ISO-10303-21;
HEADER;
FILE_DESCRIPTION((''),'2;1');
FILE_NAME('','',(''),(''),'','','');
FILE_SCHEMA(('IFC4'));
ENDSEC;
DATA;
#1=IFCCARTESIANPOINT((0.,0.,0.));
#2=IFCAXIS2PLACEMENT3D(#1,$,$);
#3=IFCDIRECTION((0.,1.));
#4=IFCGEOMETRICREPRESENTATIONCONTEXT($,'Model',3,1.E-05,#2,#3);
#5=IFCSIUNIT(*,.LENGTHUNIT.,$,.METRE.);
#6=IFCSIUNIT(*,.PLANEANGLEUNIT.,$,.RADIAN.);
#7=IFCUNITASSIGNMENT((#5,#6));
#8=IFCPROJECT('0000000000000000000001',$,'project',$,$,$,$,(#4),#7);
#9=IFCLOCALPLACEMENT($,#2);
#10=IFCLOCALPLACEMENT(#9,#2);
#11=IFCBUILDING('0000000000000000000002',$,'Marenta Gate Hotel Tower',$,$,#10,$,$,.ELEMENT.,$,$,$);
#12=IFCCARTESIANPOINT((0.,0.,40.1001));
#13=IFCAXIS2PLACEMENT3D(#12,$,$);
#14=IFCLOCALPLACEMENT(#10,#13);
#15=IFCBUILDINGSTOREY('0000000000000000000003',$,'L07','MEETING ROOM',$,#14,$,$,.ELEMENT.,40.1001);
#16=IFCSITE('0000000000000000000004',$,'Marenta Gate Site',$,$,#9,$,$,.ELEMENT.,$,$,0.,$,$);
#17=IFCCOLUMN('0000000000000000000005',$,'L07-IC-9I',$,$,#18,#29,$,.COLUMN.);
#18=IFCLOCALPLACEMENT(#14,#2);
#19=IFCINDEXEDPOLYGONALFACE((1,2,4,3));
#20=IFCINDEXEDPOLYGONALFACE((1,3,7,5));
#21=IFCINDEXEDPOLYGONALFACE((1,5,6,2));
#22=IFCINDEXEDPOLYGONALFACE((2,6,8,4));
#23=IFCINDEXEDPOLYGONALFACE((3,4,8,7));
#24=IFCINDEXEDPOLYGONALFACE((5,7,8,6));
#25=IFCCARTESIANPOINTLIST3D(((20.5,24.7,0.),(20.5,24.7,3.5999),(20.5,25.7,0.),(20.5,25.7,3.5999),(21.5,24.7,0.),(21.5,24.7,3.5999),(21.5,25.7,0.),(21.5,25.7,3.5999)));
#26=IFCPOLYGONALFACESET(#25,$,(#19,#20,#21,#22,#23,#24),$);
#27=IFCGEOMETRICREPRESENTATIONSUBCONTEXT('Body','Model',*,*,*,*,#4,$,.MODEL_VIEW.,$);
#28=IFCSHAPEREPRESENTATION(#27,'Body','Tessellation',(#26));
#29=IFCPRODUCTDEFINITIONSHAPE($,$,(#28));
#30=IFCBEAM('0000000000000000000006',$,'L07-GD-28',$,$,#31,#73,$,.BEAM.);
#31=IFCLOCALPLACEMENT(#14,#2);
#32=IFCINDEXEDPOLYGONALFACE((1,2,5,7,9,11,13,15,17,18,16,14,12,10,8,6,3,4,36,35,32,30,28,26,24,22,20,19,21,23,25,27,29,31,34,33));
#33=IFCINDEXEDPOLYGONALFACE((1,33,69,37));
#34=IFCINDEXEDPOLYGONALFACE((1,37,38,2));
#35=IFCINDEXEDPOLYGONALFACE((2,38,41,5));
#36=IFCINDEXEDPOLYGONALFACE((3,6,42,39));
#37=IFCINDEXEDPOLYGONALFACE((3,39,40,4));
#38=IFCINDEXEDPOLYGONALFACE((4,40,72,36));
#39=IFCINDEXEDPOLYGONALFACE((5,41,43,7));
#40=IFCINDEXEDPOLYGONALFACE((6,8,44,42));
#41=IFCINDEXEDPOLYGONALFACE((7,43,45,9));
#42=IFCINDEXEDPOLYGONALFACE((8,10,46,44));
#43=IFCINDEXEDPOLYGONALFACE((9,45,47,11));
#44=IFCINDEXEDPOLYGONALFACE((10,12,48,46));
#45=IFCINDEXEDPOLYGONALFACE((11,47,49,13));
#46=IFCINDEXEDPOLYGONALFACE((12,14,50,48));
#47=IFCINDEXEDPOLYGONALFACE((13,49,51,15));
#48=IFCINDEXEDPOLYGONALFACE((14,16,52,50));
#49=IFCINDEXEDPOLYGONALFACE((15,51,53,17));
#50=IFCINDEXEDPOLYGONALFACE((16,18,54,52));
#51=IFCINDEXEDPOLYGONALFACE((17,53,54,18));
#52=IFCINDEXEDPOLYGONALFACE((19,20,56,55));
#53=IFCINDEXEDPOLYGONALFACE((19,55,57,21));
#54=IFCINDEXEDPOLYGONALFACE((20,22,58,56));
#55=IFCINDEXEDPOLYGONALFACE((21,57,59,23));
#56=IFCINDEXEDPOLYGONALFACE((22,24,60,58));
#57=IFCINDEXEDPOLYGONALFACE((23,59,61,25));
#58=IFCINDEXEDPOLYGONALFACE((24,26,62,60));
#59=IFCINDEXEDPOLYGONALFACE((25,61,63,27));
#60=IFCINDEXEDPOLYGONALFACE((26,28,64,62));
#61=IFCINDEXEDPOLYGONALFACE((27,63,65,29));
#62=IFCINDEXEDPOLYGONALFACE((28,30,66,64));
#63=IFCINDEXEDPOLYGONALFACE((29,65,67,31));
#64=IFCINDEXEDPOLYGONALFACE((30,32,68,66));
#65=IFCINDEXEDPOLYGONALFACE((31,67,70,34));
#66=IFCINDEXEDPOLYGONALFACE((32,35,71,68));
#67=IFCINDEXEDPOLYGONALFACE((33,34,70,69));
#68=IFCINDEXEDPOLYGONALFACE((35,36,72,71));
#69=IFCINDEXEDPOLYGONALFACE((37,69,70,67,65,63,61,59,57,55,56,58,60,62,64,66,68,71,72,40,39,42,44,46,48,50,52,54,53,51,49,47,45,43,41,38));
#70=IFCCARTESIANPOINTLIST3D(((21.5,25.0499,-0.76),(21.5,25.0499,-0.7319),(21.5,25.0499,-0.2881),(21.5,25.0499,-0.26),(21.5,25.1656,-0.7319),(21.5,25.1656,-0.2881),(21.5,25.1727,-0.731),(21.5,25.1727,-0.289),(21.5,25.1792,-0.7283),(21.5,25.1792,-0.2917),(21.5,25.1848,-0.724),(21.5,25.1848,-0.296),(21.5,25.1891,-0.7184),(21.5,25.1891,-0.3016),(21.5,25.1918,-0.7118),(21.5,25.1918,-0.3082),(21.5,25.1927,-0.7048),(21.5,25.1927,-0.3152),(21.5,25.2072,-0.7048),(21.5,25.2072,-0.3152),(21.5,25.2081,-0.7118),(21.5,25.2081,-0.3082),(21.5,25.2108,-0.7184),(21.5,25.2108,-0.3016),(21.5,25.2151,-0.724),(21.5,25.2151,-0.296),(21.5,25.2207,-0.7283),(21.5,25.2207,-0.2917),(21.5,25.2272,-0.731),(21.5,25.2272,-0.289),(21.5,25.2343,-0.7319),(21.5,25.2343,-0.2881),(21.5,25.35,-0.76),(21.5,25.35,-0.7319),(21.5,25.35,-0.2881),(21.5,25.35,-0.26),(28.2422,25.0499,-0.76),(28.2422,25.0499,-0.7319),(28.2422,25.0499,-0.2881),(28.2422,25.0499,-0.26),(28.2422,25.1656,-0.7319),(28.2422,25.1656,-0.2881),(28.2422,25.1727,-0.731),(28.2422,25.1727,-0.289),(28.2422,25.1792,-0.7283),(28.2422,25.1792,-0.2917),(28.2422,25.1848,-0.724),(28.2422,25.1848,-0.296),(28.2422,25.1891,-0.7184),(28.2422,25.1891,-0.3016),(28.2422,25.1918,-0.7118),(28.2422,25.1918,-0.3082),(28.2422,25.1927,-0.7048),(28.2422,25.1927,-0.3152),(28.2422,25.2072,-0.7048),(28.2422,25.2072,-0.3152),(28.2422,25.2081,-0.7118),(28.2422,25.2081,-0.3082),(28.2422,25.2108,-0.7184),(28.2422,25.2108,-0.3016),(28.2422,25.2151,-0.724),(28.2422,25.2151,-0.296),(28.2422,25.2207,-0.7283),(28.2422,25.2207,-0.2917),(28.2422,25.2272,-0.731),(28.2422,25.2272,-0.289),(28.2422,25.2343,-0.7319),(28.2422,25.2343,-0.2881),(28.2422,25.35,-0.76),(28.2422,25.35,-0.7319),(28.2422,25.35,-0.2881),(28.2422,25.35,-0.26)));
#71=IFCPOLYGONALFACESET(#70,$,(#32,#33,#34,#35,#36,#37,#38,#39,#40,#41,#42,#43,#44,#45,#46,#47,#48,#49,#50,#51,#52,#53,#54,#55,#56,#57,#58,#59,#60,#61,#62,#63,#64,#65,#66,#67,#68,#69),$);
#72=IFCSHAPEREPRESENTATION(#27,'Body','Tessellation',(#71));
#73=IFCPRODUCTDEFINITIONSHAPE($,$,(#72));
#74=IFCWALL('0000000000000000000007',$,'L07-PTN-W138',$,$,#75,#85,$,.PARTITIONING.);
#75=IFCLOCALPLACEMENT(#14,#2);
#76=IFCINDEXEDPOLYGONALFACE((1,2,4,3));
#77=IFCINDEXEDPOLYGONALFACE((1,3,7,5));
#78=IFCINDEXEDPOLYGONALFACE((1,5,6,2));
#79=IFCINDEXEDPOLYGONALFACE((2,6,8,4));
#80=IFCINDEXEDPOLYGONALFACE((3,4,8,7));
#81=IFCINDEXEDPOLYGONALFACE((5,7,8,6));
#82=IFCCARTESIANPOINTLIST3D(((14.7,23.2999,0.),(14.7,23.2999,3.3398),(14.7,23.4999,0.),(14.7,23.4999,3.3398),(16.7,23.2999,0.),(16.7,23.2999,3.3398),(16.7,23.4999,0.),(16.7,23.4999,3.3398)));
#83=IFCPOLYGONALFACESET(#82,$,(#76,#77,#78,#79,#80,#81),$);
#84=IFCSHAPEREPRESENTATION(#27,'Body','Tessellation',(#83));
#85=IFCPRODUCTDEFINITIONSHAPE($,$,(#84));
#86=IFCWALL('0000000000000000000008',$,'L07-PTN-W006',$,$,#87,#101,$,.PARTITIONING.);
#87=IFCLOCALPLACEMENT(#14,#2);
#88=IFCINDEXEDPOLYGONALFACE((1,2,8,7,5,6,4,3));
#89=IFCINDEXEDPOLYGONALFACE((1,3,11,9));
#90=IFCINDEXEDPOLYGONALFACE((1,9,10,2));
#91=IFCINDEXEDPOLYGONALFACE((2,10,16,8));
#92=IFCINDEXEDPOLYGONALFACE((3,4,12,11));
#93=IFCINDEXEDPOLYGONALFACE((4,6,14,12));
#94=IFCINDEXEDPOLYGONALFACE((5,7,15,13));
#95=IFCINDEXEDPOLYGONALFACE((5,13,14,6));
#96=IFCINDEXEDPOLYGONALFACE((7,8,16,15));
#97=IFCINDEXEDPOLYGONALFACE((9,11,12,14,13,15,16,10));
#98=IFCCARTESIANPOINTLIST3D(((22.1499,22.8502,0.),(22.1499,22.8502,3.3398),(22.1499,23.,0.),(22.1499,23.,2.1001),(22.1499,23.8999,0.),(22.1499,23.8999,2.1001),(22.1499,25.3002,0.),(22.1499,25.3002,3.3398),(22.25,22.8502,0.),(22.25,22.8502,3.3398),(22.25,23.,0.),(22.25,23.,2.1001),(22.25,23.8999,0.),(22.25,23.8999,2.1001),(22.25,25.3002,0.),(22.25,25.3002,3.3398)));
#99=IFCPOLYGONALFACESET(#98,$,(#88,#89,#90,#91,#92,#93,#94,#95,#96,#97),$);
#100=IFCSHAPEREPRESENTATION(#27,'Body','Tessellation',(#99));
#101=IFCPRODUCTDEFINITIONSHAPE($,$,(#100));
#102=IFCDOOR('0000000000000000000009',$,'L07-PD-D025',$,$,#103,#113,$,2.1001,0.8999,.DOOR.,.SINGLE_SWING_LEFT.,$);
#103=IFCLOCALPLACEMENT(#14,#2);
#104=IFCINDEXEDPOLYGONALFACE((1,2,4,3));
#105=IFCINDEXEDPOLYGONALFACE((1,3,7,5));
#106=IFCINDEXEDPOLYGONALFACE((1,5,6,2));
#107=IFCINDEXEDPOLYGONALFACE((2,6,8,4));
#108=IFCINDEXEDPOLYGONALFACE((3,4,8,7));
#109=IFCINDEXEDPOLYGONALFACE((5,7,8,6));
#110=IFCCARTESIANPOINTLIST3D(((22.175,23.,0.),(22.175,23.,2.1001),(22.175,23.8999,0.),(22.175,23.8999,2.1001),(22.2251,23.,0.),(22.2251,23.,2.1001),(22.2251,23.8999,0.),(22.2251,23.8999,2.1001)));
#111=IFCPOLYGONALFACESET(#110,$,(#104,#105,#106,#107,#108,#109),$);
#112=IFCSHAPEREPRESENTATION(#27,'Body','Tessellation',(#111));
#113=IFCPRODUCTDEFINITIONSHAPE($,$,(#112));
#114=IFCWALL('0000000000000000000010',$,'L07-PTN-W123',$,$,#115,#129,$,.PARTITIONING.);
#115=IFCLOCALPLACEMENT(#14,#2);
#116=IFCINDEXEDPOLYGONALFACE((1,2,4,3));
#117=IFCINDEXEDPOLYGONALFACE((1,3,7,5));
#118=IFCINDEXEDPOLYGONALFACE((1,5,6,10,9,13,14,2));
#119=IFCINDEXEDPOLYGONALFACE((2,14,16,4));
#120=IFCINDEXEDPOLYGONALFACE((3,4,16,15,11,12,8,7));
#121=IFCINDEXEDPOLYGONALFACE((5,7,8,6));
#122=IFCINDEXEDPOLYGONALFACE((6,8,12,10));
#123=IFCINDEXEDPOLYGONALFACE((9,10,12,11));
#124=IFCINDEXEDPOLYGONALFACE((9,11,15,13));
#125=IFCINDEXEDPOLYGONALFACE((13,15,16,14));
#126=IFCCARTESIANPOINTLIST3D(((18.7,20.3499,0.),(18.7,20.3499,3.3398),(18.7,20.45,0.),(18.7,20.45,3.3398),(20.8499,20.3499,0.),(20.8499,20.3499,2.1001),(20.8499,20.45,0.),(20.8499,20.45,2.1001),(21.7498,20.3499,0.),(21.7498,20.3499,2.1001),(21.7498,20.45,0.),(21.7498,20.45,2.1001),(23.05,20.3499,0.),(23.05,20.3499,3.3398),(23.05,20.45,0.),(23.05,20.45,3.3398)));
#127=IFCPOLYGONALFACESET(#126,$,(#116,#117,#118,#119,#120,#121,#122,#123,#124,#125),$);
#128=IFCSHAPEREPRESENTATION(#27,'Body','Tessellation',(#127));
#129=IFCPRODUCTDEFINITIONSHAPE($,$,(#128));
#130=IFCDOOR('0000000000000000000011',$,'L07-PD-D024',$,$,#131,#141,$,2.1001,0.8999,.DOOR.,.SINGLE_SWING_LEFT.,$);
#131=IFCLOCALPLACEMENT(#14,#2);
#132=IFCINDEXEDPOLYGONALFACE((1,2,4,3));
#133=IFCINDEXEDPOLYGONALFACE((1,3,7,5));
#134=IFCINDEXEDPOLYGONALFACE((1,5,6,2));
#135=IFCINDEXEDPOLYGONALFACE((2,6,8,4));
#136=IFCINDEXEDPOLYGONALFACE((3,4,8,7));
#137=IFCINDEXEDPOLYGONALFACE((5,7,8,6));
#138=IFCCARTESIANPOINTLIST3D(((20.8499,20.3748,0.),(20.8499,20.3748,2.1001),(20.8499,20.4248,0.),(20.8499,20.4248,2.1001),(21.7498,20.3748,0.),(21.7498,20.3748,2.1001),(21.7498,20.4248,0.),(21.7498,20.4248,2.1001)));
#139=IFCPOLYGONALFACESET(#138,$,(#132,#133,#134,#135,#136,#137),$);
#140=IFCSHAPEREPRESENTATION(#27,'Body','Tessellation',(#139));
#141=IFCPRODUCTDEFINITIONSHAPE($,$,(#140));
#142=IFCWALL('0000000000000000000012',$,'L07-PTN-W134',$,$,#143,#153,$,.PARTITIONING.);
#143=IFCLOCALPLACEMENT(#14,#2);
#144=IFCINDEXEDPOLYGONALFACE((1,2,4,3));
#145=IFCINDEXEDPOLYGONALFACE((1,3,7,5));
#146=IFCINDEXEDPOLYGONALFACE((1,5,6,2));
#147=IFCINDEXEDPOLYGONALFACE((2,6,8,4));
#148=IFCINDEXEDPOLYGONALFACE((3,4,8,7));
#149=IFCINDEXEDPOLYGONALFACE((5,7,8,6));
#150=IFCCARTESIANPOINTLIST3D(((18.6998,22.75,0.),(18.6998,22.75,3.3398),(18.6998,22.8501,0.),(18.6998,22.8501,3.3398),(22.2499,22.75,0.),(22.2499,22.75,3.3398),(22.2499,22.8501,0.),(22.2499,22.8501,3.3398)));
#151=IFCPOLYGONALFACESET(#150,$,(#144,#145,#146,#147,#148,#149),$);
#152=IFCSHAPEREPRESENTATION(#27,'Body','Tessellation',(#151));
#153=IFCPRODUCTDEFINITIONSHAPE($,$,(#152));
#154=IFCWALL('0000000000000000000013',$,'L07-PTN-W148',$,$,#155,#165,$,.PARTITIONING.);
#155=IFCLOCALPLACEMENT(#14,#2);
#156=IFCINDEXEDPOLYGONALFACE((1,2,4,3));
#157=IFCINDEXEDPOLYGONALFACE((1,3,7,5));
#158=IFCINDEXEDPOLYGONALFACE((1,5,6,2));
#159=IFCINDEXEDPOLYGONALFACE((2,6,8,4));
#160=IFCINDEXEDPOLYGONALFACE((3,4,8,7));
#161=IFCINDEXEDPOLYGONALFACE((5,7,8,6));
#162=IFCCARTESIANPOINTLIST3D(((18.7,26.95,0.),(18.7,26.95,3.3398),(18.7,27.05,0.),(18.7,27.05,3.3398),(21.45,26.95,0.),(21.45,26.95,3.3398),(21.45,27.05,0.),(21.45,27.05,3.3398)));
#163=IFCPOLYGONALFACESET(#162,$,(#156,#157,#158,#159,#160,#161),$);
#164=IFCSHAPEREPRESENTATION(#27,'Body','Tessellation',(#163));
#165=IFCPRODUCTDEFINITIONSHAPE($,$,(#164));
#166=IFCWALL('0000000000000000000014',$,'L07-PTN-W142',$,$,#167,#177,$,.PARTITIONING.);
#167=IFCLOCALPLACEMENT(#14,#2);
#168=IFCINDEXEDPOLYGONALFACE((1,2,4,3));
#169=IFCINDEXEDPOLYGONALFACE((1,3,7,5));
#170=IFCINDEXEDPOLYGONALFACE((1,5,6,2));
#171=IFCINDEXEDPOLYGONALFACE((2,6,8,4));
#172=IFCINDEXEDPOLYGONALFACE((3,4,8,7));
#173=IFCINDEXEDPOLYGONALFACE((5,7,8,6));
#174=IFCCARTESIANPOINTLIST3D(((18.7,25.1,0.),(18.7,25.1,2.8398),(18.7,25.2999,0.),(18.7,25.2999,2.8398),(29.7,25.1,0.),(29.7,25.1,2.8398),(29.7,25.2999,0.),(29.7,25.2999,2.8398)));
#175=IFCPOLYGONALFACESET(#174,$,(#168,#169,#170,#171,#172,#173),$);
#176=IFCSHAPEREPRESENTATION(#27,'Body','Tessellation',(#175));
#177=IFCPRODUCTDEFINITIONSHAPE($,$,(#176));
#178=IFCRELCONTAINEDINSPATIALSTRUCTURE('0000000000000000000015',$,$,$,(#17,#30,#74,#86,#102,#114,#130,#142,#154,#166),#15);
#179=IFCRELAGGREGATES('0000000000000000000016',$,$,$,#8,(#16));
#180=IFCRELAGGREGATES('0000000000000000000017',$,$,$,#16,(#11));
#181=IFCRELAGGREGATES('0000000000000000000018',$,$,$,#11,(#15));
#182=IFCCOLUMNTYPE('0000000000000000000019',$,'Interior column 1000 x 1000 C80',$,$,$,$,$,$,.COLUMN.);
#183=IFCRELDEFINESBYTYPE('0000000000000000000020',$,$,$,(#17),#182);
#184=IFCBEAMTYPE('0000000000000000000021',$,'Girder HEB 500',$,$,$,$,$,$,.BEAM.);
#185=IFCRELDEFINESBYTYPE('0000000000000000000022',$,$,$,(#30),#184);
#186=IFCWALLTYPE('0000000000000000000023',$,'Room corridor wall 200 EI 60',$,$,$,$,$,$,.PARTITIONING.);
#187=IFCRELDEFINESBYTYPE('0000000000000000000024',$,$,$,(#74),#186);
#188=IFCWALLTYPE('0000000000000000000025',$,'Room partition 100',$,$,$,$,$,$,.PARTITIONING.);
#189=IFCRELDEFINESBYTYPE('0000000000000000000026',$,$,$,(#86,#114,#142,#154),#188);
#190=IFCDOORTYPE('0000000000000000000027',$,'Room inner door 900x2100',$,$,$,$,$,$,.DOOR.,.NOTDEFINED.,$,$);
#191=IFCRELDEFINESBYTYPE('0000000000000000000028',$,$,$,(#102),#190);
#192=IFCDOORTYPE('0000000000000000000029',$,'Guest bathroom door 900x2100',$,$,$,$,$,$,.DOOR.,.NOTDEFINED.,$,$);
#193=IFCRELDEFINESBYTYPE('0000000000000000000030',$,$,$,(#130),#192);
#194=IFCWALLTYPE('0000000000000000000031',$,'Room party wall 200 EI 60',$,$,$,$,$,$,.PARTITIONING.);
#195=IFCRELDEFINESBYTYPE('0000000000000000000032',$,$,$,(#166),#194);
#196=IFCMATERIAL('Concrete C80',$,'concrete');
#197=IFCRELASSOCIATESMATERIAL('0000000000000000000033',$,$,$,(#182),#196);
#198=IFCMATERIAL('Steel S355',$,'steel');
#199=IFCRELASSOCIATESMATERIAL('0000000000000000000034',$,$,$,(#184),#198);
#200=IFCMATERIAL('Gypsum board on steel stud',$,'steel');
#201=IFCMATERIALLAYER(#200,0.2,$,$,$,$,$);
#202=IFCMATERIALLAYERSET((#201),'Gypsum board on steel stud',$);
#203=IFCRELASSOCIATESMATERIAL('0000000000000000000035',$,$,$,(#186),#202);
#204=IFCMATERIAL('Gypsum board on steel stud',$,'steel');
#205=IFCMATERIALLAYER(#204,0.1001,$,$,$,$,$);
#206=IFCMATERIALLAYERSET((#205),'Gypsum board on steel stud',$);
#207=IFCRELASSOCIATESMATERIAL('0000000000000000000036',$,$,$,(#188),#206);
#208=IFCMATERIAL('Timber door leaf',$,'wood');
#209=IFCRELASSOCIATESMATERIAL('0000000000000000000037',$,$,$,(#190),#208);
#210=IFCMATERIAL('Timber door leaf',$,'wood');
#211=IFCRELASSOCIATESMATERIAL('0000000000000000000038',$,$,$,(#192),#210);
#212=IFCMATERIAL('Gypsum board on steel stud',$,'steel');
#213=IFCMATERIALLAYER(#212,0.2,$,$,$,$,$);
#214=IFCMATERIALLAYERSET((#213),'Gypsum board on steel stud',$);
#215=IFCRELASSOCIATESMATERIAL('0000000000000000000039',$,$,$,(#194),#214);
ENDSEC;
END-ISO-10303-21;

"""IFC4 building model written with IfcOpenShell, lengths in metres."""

from ifc_helpers import new_model, si_unit, direction, frame, frame_2d, origin, origin_2d, place, context, subcontext, project, spatial, rectangle, i_section, extrude, material, layer, layer_set, material_profile, profile_set, type_object, element, fill, save


model = new_model("IFC4")

# Units and contexts
model_context = context("Model", 3, precision=1e-05, world=origin(), true_north=direction((0.0, 1.0)))
body_context = subcontext(model_context, "Body", "Model", "MODEL_VIEW")
ifc_project = project(units=[si_unit("LENGTHUNIT", "METRE"), si_unit("PLANEANGLEUNIT", "RADIAN")], contexts=[model_context])

# Site, building, storey
site_placement = place(None, origin())
site = spatial("IfcSite", under=ifc_project, at=site_placement, Name="Marenta Gate Site", CompositionType="ELEMENT", RefElevation=0.0)
building_placement = place(site_placement, origin())
building = spatial("IfcBuilding", under=site, at=building_placement, Name="Marenta Gate Hotel Tower", CompositionType="ELEMENT")
storey_placement = place(building_placement, frame((0.0, 0.0, 40.1001)))
storey = spatial("IfcBuildingStorey", under=building, at=storey_placement, Name="L07", Description="MEETING ROOM", CompositionType="ELEMENT", Elevation=40.1001)

# Column
ifc_material_1 = material(Name="Concrete C80", Category="concrete")
ifc_material_profile_1 = material_profile(ifc_material_1, rectangle(XDim=1.0, YDim=1.0, at=origin_2d()), Name="1000 x 1000")
ifc_profile_set_1 = profile_set([ifc_material_profile_1], Name="Concrete C80")
column_type = type_object("IfcColumnType", Name="Interior column 1000 x 1000 C80", PredefinedType="COLUMN", material=ifc_profile_set_1)
column_placement = place(storey_placement, frame((21.0, 25.2, 0.0), z_axis=(0.0, 0.0, 1.0), x_axis=(1.0, 0.0, 0.0)))
element("IfcColumn", 1, at=column_placement, inside=storey, type_object=column_type, Name="L07-IC-9I", PredefinedType="COLUMN", context=body_context, shape_type="SweptSolid", body=[
    extrude(rectangle(XDim=1.0, YDim=1.0, at=origin_2d()), origin(), (0.0, 0.0, 1.0), 3.5999),
])

# Beam
ifc_material_2 = material(Name="Steel S355", Category="steel")
ifc_material_profile_2 = material_profile(ifc_material_2, i_section(OverallWidth=0.3, OverallDepth=0.5, WebThickness=0.0144, FlangeThickness=0.0281, FilletRadius=0.0271, at=origin_2d()), Name="HEB 500")
ifc_profile_set_2 = profile_set([ifc_material_profile_2], Name="Steel S355")
beam_type = type_object("IfcBeamType", Name="Girder HEB 500", PredefinedType="BEAM", material=ifc_profile_set_2)
beam_placement = place(storey_placement, frame((21.5, 25.2, -0.51), z_axis=(1.0, 0.0, 0.0), x_axis=(0.0, 1.0, 0.0)))
element("IfcBeam", 2, at=beam_placement, inside=storey, type_object=beam_type, Name="L07-GD-28", PredefinedType="BEAM", context=body_context, shape_type="SweptSolid", body=[
    extrude(i_section(OverallWidth=0.3, OverallDepth=0.5, WebThickness=0.0144, FlangeThickness=0.0281, FilletRadius=0.0271, at=origin_2d()), origin(), (0.0, 0.0, 1.0), 6.7422),
])

# Shared definitions
ifc_material_3 = material(Name="Gypsum board on steel stud", Category="steel")
ifc_layer_1 = layer(ifc_material_3, 0.2)
ifc_layer_set_1 = layer_set([ifc_layer_1], Name="Gypsum board on steel stud")
wall_type_1 = type_object("IfcWallType", Name="Room corridor wall 200 EI 60", PredefinedType="PARTITIONING", material=ifc_layer_set_1)

# Wall
wall_1_placement = place(storey_placement, frame((14.7, 23.3999, 0.0), z_axis=(0.0, 0.0, 1.0), x_axis=(1.0, 0.0, 0.0)))
element("IfcWall", 3, at=wall_1_placement, inside=storey, type_object=wall_type_1, Name="L07-PTN-W138", PredefinedType="PARTITIONING", context=body_context, shape_type="SweptSolid", body=[
    extrude(rectangle(XDim=2.0, YDim=0.2, at=frame_2d((1.0, 0.0))), origin(), (0.0, 0.0, 1.0), 3.3398),
])

# Walls, openings, doors
ifc_material_4 = material(Name="Gypsum board on steel stud", Category="steel")
ifc_layer_2 = layer(ifc_material_4, 0.1001)
ifc_layer_set_2 = layer_set([ifc_layer_2], Name="Gypsum board on steel stud")
wall_type_2 = type_object("IfcWallType", Name="Room partition 100", PredefinedType="PARTITIONING", material=ifc_layer_set_2)
wall_2_placement = place(storey_placement, frame((22.2, 22.8501, 0.0), z_axis=(0.0, 0.0, 1.0), x_axis=(0.0, 1.0, 0.0)))
wall_2 = element("IfcWall", 4, at=wall_2_placement, inside=storey, type_object=wall_type_2, Name="L07-PTN-W006", PredefinedType="PARTITIONING", context=body_context, shape_type="SweptSolid", body=[
    extrude(rectangle(XDim=2.45, YDim=0.1001, at=frame_2d((1.2251, 0.0))), origin(), (0.0, 0.0, 1.0), 3.3398),
])
opening_1_placement = place(wall_2_placement, frame((0.1499, 0.0, 0.0)))
opening_1 = element("IfcOpeningElement", 5, at=opening_1_placement, cuts=wall_2, PredefinedType="OPENING", context=body_context, shape_type="SweptSolid", body=[
    extrude(rectangle(XDim=0.8999, YDim=2.1001, at=frame_2d((0.45, 1.05))), frame((0.0, 0.05, 0.0), z_axis=(0.0, -1.0, 0.0), x_axis=(1.0, 0.0, 0.0)), (0.0, 0.0, 1.0), 0.1001),
])
ifc_material_5 = material(Name="Timber door leaf", Category="wood")
door_type_1 = type_object("IfcDoorType", Name="Room inner door 900x2100", OperationType="NOTDEFINED", PredefinedType="DOOR", material=ifc_material_5)
door_1_placement = place(opening_1_placement, origin())
door_1 = element("IfcDoor", 6, at=door_1_placement, inside=storey, type_object=door_type_1, Name="L07-PD-D025", OperationType="SINGLE_SWING_LEFT", OverallHeight=2.1001, OverallWidth=0.8999, PredefinedType="DOOR", context=body_context, shape_type="SweptSolid", body=[
    extrude(rectangle(XDim=0.8999, YDim=2.1001, at=frame_2d((0.45, 1.05))), frame((0.0, 0.0249, 0.0), z_axis=(0.0, -1.0, 0.0), x_axis=(1.0, 0.0, 0.0)), (0.0, 0.0, 1.0), 0.05),
])
fill(opening_1, door_1)
wall_3_placement = place(storey_placement, frame((18.7, 20.3999, 0.0), z_axis=(0.0, 0.0, 1.0), x_axis=(1.0, 0.0, 0.0)))
wall_3 = element("IfcWall", 7, at=wall_3_placement, inside=storey, type_object=wall_type_2, Name="L07-PTN-W123", PredefinedType="PARTITIONING", context=body_context, shape_type="SweptSolid", body=[
    extrude(rectangle(XDim=4.3501, YDim=0.1001, at=frame_2d((2.175, 0.0))), origin(), (0.0, 0.0, 1.0), 3.3398),
])
opening_2_placement = place(wall_3_placement, frame((2.1499, 0.0, 0.0)))
opening_2 = element("IfcOpeningElement", 8, at=opening_2_placement, cuts=wall_3, PredefinedType="OPENING", context=body_context, shape_type="SweptSolid", body=[
    extrude(rectangle(XDim=0.8999, YDim=2.1001, at=frame_2d((0.45, 1.05))), frame((0.0, 0.05, 0.0), z_axis=(0.0, -1.0, 0.0), x_axis=(1.0, 0.0, 0.0)), (0.0, 0.0, 1.0), 0.1001),
])
ifc_material_6 = material(Name="Timber door leaf", Category="wood")
door_type_2 = type_object("IfcDoorType", Name="Guest bathroom door 900x2100", OperationType="NOTDEFINED", PredefinedType="DOOR", material=ifc_material_6)
door_2_placement = place(opening_2_placement, origin())
door_2 = element("IfcDoor", 9, at=door_2_placement, inside=storey, type_object=door_type_2, Name="L07-PD-D024", OperationType="SINGLE_SWING_LEFT", OverallHeight=2.1001, OverallWidth=0.8999, PredefinedType="DOOR", context=body_context, shape_type="SweptSolid", body=[
    extrude(rectangle(XDim=0.8999, YDim=2.1001, at=frame_2d((0.45, 1.05))), frame((0.0, 0.0249, 0.0), z_axis=(0.0, -1.0, 0.0), x_axis=(1.0, 0.0, 0.0)), (0.0, 0.0, 1.0), 0.05),
])
fill(opening_2, door_2)

# Walls
wall_4_placement = place(storey_placement, frame((18.7, 22.8, 0.0), z_axis=(0.0, 0.0, 1.0), x_axis=(1.0, 0.0, 0.0)))
element("IfcWall", 10, at=wall_4_placement, inside=storey, type_object=wall_type_2, Name="L07-PTN-W134", PredefinedType="PARTITIONING", context=body_context, shape_type="SweptSolid", body=[
    extrude(rectangle(XDim=3.55, YDim=0.1001, at=frame_2d((1.7749, 0.0))), origin(), (0.0, 0.0, 1.0), 3.3398),
])
wall_5_placement = place(storey_placement, frame((18.7, 27.0, 0.0), z_axis=(0.0, 0.0, 1.0), x_axis=(1.0, 0.0, 0.0)))
element("IfcWall", 11, at=wall_5_placement, inside=storey, type_object=wall_type_2, Name="L07-PTN-W148", PredefinedType="PARTITIONING", context=body_context, shape_type="SweptSolid", body=[
    extrude(rectangle(XDim=2.75, YDim=0.1001, at=frame_2d((1.375, 0.0))), origin(), (0.0, 0.0, 1.0), 3.3398),
])
ifc_material_7 = material(Name="Gypsum board on steel stud", Category="steel")
ifc_layer_3 = layer(ifc_material_7, 0.2)
ifc_layer_set_3 = layer_set([ifc_layer_3], Name="Gypsum board on steel stud")
wall_type_3 = type_object("IfcWallType", Name="Room party wall 200 EI 60", PredefinedType="PARTITIONING", material=ifc_layer_set_3)
wall_6_placement = place(storey_placement, frame((18.7, 25.2, 0.0), z_axis=(0.0, 0.0, 1.0), x_axis=(1.0, 0.0, 0.0)))
element("IfcWall", 12, at=wall_6_placement, inside=storey, type_object=wall_type_3, Name="L07-PTN-W142", PredefinedType="PARTITIONING", context=body_context, shape_type="SweptSolid", body=[
    extrude(rectangle(XDim=11.0, YDim=0.2, at=frame_2d((5.5, 0.0))), origin(), (0.0, 0.0, 1.0), 2.8398),
])

save(model, "model.ifc")
